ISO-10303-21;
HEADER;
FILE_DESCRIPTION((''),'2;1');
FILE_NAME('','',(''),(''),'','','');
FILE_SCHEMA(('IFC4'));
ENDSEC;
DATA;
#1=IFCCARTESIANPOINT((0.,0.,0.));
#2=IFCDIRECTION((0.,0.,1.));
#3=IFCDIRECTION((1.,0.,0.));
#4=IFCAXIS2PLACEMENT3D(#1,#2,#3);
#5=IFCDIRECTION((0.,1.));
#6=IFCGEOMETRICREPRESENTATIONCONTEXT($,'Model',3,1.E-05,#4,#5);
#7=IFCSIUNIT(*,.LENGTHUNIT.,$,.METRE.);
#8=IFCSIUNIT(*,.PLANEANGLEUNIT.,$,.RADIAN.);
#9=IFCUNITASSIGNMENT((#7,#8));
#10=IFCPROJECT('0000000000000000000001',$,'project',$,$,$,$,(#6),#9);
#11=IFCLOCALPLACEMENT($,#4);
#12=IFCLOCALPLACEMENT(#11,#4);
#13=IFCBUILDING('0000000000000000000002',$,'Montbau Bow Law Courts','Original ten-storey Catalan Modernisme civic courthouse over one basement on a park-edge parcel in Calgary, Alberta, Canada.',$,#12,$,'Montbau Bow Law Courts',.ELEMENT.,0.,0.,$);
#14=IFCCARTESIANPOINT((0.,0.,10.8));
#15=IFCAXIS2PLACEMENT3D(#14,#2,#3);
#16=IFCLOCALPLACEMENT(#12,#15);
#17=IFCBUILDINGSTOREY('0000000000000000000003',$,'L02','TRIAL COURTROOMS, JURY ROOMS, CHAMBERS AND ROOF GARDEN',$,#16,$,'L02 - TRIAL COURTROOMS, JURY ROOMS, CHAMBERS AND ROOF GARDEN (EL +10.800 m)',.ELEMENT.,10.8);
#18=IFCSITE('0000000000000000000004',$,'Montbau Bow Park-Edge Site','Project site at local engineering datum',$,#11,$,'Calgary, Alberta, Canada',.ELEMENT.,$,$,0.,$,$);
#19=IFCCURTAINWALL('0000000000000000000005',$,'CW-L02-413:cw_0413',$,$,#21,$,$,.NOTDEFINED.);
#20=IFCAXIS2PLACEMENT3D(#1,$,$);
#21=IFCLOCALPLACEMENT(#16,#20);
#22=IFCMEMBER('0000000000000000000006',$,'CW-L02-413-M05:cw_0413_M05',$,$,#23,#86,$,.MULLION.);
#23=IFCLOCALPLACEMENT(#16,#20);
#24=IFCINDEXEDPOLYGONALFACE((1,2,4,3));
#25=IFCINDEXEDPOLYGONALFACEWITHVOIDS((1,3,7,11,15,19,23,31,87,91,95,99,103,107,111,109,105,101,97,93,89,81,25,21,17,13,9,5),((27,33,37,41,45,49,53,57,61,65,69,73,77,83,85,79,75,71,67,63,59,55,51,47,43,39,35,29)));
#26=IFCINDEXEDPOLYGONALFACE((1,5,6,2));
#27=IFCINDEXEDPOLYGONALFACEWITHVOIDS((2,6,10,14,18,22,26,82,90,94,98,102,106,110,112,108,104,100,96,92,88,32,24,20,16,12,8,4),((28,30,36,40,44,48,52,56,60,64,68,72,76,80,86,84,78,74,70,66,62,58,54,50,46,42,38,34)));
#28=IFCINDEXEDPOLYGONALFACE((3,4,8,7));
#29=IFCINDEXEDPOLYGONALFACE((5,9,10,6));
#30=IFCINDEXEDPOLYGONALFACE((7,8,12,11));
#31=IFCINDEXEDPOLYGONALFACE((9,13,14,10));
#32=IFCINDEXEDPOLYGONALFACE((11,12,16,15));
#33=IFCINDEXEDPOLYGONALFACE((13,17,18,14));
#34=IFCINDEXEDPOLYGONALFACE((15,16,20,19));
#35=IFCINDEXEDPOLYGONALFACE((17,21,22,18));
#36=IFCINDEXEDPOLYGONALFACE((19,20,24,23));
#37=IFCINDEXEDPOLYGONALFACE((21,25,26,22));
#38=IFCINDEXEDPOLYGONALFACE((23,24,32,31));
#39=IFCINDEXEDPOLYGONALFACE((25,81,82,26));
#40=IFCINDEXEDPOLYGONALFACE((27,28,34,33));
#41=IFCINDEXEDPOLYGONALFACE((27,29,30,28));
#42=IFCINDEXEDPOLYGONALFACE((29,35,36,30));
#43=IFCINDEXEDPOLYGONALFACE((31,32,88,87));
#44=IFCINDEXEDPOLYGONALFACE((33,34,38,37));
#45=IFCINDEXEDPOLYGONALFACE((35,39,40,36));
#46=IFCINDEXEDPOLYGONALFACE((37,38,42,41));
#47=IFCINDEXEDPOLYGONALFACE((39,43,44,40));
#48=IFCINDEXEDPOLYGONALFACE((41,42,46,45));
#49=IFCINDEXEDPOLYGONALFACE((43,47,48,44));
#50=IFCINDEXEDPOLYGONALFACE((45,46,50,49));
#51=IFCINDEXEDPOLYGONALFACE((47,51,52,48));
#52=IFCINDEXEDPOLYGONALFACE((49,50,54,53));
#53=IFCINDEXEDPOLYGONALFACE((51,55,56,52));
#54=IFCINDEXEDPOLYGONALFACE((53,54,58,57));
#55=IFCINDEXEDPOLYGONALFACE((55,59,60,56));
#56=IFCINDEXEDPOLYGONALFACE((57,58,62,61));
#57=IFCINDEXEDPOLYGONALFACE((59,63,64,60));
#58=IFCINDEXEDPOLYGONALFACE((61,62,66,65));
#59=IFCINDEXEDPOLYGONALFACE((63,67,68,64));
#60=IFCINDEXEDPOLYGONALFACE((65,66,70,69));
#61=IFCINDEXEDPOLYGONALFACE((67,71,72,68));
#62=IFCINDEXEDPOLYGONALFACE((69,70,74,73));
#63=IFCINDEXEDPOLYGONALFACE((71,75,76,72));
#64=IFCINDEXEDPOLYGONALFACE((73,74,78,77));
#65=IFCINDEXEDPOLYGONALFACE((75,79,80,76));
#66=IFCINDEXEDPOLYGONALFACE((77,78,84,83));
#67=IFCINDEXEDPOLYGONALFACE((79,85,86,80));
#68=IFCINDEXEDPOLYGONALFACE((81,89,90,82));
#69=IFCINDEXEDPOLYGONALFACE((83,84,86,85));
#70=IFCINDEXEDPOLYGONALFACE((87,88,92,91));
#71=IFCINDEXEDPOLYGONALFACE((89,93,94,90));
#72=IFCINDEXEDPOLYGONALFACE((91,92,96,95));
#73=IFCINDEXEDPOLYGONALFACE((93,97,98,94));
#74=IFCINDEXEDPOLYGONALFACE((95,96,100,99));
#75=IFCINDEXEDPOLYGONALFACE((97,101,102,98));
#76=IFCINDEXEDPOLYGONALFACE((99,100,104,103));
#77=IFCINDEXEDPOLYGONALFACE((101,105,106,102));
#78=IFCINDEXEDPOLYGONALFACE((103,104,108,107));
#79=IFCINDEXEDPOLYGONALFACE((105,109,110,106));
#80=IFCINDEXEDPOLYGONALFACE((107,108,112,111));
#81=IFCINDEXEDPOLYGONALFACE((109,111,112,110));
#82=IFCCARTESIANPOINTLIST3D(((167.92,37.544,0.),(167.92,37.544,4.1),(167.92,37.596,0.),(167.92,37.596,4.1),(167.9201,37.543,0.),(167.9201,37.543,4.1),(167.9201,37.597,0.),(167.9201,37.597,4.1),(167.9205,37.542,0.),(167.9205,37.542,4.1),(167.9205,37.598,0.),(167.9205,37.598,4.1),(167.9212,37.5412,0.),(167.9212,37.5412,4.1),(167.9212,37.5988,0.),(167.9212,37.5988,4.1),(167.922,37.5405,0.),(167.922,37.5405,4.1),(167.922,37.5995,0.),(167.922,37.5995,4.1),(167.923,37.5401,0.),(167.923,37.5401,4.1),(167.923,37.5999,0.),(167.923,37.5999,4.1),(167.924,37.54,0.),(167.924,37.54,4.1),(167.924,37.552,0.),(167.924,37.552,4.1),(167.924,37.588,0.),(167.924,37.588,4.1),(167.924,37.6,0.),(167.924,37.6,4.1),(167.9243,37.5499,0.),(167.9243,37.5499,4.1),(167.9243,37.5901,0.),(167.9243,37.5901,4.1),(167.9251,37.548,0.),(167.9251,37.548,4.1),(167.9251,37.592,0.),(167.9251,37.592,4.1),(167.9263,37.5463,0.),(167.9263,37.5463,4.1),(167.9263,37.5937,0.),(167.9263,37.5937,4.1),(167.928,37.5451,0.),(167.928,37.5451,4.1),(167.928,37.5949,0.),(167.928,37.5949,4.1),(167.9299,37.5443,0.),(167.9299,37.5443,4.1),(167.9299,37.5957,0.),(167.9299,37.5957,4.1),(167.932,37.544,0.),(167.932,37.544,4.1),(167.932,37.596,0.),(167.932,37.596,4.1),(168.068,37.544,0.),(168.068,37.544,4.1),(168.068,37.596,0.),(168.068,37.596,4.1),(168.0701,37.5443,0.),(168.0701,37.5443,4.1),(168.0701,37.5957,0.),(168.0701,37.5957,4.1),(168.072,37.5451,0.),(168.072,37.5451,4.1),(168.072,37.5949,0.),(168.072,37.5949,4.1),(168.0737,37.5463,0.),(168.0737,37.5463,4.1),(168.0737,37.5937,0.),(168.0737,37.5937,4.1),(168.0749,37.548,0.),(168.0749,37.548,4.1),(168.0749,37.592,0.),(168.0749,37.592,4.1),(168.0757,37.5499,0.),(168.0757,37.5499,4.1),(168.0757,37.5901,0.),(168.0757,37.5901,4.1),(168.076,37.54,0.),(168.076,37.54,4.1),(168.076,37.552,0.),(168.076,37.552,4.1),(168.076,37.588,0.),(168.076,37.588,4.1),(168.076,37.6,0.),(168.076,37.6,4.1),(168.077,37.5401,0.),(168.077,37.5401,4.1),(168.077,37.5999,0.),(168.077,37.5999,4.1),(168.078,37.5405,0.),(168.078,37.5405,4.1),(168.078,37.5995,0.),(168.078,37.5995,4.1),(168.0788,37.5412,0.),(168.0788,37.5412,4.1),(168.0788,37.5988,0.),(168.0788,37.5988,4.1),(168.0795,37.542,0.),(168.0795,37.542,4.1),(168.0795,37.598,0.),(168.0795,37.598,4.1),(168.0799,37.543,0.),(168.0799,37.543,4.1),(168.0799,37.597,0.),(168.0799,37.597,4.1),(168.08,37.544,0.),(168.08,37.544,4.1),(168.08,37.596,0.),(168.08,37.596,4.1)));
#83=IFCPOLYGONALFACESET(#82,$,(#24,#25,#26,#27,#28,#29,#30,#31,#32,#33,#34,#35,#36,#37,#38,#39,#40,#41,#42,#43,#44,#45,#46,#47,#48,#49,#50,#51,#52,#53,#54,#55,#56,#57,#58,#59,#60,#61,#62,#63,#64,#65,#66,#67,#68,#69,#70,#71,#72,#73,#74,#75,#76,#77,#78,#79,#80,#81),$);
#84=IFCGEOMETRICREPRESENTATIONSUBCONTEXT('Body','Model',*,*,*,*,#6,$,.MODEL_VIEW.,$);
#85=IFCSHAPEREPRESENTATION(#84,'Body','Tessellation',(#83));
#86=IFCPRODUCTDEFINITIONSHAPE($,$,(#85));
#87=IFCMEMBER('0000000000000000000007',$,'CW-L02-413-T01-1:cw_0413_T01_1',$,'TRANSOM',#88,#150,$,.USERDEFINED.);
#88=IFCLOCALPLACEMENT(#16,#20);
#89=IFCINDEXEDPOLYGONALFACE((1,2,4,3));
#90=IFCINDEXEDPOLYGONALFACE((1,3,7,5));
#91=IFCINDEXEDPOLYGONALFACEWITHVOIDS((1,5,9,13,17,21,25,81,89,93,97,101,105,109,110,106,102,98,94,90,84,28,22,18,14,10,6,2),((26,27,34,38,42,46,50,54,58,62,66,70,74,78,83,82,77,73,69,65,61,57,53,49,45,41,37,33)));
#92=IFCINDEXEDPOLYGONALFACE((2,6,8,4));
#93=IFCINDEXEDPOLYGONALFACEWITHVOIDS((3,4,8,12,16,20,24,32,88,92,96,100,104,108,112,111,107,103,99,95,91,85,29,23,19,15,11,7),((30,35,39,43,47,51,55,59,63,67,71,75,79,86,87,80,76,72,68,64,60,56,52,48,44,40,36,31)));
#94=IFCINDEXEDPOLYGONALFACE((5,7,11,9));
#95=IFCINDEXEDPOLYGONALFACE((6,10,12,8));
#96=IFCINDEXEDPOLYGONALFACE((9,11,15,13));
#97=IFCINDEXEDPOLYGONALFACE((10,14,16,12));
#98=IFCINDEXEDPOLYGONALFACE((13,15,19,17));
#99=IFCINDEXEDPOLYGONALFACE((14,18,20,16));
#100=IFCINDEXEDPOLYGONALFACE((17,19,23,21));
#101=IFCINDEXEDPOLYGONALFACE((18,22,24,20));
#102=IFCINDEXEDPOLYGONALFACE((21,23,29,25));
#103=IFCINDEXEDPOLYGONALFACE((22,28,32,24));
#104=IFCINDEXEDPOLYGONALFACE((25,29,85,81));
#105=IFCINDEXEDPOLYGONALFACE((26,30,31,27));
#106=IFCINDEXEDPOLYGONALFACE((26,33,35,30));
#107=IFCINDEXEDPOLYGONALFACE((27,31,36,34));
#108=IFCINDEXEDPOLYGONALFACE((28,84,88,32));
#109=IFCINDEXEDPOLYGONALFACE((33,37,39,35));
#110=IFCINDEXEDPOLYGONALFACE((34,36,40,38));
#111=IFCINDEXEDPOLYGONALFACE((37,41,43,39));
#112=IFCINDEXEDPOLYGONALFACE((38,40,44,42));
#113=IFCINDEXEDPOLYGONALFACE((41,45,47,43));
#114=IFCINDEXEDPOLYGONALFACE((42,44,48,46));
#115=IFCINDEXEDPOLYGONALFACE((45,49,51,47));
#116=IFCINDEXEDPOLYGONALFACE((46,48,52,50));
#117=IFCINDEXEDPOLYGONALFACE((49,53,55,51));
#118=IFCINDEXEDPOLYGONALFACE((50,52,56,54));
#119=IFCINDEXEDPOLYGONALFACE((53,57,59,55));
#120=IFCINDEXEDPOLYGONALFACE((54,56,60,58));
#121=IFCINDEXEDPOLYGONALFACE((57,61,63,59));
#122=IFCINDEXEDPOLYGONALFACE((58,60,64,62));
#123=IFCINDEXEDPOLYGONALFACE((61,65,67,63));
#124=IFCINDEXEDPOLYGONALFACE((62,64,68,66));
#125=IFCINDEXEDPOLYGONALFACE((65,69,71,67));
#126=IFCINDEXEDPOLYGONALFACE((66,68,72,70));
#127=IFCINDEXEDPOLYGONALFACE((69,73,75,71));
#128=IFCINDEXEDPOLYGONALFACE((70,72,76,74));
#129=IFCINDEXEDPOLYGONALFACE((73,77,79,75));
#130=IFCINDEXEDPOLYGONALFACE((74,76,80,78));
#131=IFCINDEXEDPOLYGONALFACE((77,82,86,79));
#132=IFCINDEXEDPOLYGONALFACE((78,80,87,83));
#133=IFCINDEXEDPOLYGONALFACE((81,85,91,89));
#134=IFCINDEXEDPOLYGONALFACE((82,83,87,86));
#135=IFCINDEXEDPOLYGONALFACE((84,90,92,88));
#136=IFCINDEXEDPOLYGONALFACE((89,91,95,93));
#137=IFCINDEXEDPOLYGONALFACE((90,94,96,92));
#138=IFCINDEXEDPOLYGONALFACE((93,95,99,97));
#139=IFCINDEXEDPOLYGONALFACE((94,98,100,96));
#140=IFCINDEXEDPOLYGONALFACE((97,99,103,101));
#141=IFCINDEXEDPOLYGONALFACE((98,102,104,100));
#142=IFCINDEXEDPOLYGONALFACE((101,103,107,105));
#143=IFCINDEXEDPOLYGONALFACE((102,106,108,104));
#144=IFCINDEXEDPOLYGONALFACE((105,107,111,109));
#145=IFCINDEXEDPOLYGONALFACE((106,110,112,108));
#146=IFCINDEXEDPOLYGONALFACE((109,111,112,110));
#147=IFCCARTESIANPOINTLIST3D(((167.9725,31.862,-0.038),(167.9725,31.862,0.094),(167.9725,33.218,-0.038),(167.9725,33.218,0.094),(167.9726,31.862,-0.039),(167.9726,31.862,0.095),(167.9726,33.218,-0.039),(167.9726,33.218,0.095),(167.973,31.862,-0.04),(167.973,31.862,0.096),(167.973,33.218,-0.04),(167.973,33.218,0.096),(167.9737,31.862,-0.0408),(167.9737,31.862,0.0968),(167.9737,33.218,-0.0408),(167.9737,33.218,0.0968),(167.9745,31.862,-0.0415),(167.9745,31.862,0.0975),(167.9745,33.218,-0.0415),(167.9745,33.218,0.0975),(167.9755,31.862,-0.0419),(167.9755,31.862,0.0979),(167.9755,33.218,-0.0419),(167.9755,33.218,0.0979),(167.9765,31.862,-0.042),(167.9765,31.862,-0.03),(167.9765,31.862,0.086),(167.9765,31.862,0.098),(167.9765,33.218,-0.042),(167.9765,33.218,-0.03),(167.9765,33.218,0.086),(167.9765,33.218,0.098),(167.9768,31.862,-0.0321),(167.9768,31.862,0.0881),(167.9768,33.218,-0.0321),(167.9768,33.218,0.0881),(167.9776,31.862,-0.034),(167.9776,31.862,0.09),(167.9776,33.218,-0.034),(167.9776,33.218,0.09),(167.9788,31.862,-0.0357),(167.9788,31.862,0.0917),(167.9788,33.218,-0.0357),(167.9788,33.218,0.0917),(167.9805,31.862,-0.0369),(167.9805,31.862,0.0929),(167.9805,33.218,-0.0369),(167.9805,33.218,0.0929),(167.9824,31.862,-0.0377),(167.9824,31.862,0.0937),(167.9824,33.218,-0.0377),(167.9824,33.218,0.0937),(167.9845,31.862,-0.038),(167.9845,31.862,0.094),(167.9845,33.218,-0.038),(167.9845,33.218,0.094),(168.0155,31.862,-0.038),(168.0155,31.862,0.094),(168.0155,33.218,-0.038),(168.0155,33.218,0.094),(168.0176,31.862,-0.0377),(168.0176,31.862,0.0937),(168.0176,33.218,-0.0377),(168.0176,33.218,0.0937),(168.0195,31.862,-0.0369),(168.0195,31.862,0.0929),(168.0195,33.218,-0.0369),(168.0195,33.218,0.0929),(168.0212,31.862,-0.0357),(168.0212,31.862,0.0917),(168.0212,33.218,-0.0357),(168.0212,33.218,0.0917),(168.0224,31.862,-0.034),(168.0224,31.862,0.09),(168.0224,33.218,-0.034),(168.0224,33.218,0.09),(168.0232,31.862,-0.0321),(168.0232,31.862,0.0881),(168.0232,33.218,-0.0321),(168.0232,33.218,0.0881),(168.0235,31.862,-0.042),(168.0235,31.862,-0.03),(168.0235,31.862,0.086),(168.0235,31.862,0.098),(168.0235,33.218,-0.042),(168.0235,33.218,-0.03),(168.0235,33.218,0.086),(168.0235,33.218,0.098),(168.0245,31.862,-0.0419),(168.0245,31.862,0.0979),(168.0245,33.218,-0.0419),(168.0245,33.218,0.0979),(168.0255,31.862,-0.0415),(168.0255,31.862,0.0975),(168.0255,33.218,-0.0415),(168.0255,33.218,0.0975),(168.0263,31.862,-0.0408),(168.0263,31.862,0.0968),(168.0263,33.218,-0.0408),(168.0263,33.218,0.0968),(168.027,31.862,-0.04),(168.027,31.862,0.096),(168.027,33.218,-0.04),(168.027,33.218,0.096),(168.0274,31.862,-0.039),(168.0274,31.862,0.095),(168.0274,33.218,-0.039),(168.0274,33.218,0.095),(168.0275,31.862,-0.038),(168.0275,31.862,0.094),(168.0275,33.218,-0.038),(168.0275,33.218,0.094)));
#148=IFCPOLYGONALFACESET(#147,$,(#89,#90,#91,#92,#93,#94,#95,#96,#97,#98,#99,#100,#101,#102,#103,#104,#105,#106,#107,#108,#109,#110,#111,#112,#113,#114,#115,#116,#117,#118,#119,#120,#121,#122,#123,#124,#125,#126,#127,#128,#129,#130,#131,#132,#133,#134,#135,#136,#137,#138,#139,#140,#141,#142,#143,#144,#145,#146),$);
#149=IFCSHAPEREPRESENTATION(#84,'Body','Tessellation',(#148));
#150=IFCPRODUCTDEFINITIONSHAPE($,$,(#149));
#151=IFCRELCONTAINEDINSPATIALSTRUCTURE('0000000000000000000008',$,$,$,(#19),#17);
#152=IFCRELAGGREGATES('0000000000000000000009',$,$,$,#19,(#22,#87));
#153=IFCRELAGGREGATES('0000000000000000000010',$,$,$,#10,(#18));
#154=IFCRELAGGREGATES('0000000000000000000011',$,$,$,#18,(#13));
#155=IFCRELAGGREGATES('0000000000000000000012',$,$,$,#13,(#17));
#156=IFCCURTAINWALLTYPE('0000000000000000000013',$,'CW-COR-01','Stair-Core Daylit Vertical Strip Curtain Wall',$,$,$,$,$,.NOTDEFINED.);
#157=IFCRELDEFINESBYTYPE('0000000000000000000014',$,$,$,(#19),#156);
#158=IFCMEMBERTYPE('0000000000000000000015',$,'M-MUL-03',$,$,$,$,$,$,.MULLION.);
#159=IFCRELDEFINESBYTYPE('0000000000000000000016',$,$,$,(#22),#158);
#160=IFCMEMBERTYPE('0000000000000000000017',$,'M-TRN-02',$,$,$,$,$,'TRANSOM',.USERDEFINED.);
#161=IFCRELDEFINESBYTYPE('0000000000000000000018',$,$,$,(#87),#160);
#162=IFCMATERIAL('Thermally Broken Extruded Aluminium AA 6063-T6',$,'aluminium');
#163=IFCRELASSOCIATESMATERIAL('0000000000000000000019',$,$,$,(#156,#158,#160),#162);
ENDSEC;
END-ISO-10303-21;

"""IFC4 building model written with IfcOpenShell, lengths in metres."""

from ifc_helpers import new_model, si_unit, direction, frame, origin_with_axes, origin_2d_with_axis, place, context, subcontext, project, spatial, hollow_rectangle, extrude, material, material_profile, profile_set, type_object, element, aggregate, save


model = new_model("IFC4")

# Units and contexts
model_context = context("Model", 3, precision=1e-05, world=origin_with_axes(), true_north=direction((0.0, 1.0)))
body_context = subcontext(model_context, "Body", "Model", "MODEL_VIEW")
ifc_project = project(units=[si_unit("LENGTHUNIT", "METRE"), si_unit("PLANEANGLEUNIT", "RADIAN")], contexts=[model_context])

# Site, building, storey
site_placement = place(None, origin_with_axes())
site = spatial("IfcSite", under=ifc_project, at=site_placement, Name="Montbau Bow Park-Edge Site", Description="Project site at local engineering datum", LongName="Calgary, Alberta, Canada", CompositionType="ELEMENT", RefElevation=0.0)
building_placement = place(site_placement, origin_with_axes())
building = spatial("IfcBuilding", under=site, at=building_placement, Name="Montbau Bow Law Courts", Description="Original ten-storey Catalan Modernisme civic courthouse over one basement on a park-edge parcel in Calgary, Alberta, Canada.", LongName="Montbau Bow Law Courts", CompositionType="ELEMENT", ElevationOfRefHeight=0.0, ElevationOfTerrain=0.0)
storey_placement = place(building_placement, frame((0.0, 0.0, 10.8), z_axis=(0.0, 0.0, 1.0), x_axis=(1.0, 0.0, 0.0)))
storey = spatial("IfcBuildingStorey", under=building, at=storey_placement, Name="L02", Description="TRIAL COURTROOMS, JURY ROOMS, CHAMBERS AND ROOF GARDEN", LongName="L02 - TRIAL COURTROOMS, JURY ROOMS, CHAMBERS AND ROOF GARDEN (EL +10.800 m)", CompositionType="ELEMENT", Elevation=10.8)

# Curtain wall, members
ifc_material_1 = material(Name="Thermally Broken Extruded Aluminium AA 6063-T6", Category="aluminium")
curtain_wall_type = type_object("IfcCurtainWallType", Name="CW-COR-01", Description="Stair-Core Daylit Vertical Strip Curtain Wall", PredefinedType="NOTDEFINED", material=ifc_material_1)
curtain_wall_placement = place(None, frame((168.0, 31.8, 10.8), z_axis=(0.0, 0.0, 1.0), x_axis=(1.0, 0.0, 0.0)))
curtain_wall = element("IfcCurtainWall", 1, at=curtain_wall_placement, inside=storey, type_object=curtain_wall_type, Name="CW-L02-413:cw_0413", PredefinedType="NOTDEFINED")
ifc_material_profile_1 = material_profile(ifc_material_1, hollow_rectangle(XDim=0.06, YDim=0.16, WallThickness=0.004, InnerFilletRadius=0.008, OuterFilletRadius=0.004, at=origin_2d_with_axis()), Name="CWM-160X60", Category="Main", Priority=0)
ifc_profile_set_1 = profile_set([ifc_material_profile_1], Name="Thermally Broken Extruded Aluminium AA 6063-T6")
member_type_1 = type_object("IfcMemberType", Name="M-MUL-03", PredefinedType="MULLION", material=ifc_profile_set_1)
member_1_placement = place(None, frame((168.0, 37.57, 10.8), z_axis=(0.0, 0.0, 1.0), x_axis=(0.0, 1.0, 0.0)))
member_1 = element("IfcMember", 2, at=member_1_placement, type_object=member_type_1, Name="CW-L02-413-M05:cw_0413_M05", PredefinedType="MULLION", context=body_context, shape_type="SweptSolid", body=[
    extrude(hollow_rectangle(XDim=0.06, YDim=0.16, WallThickness=0.004, InnerFilletRadius=0.008, OuterFilletRadius=0.004, at=origin_2d_with_axis()), origin_with_axes(), (0.0, 0.0, 1.0), 4.1),
])
ifc_material_profile_2 = material_profile(ifc_material_1, hollow_rectangle(XDim=0.055, YDim=0.14, WallThickness=0.004, InnerFilletRadius=0.008, OuterFilletRadius=0.004, at=origin_2d_with_axis()), Name="CWT-140X55", Category="Main", Priority=0)
ifc_profile_set_2 = profile_set([ifc_material_profile_2], Name="Thermally Broken Extruded Aluminium AA 6063-T6")
member_type_2 = type_object("IfcMemberType", Name="M-TRN-02", ElementType="TRANSOM", PredefinedType="USERDEFINED", material=ifc_profile_set_2)
member_2_placement = place(None, frame((168.0, 31.862, 10.828), z_axis=(0.0, 1.0, 0.0), x_axis=(-1.0, 0.0, 0.0)))
member_2 = element("IfcMember", 3, at=member_2_placement, type_object=member_type_2, Name="CW-L02-413-T01-1:cw_0413_T01_1", ObjectType="TRANSOM", PredefinedType="USERDEFINED", context=body_context, shape_type="SweptSolid", body=[
    extrude(hollow_rectangle(XDim=0.055, YDim=0.14, WallThickness=0.004, InnerFilletRadius=0.008, OuterFilletRadius=0.004, at=origin_2d_with_axis()), origin_with_axes(), (0.0, 0.0, 1.0), 1.356),
])
aggregate(curtain_wall, [member_1, member_2])

save(model, "model.ifc")
